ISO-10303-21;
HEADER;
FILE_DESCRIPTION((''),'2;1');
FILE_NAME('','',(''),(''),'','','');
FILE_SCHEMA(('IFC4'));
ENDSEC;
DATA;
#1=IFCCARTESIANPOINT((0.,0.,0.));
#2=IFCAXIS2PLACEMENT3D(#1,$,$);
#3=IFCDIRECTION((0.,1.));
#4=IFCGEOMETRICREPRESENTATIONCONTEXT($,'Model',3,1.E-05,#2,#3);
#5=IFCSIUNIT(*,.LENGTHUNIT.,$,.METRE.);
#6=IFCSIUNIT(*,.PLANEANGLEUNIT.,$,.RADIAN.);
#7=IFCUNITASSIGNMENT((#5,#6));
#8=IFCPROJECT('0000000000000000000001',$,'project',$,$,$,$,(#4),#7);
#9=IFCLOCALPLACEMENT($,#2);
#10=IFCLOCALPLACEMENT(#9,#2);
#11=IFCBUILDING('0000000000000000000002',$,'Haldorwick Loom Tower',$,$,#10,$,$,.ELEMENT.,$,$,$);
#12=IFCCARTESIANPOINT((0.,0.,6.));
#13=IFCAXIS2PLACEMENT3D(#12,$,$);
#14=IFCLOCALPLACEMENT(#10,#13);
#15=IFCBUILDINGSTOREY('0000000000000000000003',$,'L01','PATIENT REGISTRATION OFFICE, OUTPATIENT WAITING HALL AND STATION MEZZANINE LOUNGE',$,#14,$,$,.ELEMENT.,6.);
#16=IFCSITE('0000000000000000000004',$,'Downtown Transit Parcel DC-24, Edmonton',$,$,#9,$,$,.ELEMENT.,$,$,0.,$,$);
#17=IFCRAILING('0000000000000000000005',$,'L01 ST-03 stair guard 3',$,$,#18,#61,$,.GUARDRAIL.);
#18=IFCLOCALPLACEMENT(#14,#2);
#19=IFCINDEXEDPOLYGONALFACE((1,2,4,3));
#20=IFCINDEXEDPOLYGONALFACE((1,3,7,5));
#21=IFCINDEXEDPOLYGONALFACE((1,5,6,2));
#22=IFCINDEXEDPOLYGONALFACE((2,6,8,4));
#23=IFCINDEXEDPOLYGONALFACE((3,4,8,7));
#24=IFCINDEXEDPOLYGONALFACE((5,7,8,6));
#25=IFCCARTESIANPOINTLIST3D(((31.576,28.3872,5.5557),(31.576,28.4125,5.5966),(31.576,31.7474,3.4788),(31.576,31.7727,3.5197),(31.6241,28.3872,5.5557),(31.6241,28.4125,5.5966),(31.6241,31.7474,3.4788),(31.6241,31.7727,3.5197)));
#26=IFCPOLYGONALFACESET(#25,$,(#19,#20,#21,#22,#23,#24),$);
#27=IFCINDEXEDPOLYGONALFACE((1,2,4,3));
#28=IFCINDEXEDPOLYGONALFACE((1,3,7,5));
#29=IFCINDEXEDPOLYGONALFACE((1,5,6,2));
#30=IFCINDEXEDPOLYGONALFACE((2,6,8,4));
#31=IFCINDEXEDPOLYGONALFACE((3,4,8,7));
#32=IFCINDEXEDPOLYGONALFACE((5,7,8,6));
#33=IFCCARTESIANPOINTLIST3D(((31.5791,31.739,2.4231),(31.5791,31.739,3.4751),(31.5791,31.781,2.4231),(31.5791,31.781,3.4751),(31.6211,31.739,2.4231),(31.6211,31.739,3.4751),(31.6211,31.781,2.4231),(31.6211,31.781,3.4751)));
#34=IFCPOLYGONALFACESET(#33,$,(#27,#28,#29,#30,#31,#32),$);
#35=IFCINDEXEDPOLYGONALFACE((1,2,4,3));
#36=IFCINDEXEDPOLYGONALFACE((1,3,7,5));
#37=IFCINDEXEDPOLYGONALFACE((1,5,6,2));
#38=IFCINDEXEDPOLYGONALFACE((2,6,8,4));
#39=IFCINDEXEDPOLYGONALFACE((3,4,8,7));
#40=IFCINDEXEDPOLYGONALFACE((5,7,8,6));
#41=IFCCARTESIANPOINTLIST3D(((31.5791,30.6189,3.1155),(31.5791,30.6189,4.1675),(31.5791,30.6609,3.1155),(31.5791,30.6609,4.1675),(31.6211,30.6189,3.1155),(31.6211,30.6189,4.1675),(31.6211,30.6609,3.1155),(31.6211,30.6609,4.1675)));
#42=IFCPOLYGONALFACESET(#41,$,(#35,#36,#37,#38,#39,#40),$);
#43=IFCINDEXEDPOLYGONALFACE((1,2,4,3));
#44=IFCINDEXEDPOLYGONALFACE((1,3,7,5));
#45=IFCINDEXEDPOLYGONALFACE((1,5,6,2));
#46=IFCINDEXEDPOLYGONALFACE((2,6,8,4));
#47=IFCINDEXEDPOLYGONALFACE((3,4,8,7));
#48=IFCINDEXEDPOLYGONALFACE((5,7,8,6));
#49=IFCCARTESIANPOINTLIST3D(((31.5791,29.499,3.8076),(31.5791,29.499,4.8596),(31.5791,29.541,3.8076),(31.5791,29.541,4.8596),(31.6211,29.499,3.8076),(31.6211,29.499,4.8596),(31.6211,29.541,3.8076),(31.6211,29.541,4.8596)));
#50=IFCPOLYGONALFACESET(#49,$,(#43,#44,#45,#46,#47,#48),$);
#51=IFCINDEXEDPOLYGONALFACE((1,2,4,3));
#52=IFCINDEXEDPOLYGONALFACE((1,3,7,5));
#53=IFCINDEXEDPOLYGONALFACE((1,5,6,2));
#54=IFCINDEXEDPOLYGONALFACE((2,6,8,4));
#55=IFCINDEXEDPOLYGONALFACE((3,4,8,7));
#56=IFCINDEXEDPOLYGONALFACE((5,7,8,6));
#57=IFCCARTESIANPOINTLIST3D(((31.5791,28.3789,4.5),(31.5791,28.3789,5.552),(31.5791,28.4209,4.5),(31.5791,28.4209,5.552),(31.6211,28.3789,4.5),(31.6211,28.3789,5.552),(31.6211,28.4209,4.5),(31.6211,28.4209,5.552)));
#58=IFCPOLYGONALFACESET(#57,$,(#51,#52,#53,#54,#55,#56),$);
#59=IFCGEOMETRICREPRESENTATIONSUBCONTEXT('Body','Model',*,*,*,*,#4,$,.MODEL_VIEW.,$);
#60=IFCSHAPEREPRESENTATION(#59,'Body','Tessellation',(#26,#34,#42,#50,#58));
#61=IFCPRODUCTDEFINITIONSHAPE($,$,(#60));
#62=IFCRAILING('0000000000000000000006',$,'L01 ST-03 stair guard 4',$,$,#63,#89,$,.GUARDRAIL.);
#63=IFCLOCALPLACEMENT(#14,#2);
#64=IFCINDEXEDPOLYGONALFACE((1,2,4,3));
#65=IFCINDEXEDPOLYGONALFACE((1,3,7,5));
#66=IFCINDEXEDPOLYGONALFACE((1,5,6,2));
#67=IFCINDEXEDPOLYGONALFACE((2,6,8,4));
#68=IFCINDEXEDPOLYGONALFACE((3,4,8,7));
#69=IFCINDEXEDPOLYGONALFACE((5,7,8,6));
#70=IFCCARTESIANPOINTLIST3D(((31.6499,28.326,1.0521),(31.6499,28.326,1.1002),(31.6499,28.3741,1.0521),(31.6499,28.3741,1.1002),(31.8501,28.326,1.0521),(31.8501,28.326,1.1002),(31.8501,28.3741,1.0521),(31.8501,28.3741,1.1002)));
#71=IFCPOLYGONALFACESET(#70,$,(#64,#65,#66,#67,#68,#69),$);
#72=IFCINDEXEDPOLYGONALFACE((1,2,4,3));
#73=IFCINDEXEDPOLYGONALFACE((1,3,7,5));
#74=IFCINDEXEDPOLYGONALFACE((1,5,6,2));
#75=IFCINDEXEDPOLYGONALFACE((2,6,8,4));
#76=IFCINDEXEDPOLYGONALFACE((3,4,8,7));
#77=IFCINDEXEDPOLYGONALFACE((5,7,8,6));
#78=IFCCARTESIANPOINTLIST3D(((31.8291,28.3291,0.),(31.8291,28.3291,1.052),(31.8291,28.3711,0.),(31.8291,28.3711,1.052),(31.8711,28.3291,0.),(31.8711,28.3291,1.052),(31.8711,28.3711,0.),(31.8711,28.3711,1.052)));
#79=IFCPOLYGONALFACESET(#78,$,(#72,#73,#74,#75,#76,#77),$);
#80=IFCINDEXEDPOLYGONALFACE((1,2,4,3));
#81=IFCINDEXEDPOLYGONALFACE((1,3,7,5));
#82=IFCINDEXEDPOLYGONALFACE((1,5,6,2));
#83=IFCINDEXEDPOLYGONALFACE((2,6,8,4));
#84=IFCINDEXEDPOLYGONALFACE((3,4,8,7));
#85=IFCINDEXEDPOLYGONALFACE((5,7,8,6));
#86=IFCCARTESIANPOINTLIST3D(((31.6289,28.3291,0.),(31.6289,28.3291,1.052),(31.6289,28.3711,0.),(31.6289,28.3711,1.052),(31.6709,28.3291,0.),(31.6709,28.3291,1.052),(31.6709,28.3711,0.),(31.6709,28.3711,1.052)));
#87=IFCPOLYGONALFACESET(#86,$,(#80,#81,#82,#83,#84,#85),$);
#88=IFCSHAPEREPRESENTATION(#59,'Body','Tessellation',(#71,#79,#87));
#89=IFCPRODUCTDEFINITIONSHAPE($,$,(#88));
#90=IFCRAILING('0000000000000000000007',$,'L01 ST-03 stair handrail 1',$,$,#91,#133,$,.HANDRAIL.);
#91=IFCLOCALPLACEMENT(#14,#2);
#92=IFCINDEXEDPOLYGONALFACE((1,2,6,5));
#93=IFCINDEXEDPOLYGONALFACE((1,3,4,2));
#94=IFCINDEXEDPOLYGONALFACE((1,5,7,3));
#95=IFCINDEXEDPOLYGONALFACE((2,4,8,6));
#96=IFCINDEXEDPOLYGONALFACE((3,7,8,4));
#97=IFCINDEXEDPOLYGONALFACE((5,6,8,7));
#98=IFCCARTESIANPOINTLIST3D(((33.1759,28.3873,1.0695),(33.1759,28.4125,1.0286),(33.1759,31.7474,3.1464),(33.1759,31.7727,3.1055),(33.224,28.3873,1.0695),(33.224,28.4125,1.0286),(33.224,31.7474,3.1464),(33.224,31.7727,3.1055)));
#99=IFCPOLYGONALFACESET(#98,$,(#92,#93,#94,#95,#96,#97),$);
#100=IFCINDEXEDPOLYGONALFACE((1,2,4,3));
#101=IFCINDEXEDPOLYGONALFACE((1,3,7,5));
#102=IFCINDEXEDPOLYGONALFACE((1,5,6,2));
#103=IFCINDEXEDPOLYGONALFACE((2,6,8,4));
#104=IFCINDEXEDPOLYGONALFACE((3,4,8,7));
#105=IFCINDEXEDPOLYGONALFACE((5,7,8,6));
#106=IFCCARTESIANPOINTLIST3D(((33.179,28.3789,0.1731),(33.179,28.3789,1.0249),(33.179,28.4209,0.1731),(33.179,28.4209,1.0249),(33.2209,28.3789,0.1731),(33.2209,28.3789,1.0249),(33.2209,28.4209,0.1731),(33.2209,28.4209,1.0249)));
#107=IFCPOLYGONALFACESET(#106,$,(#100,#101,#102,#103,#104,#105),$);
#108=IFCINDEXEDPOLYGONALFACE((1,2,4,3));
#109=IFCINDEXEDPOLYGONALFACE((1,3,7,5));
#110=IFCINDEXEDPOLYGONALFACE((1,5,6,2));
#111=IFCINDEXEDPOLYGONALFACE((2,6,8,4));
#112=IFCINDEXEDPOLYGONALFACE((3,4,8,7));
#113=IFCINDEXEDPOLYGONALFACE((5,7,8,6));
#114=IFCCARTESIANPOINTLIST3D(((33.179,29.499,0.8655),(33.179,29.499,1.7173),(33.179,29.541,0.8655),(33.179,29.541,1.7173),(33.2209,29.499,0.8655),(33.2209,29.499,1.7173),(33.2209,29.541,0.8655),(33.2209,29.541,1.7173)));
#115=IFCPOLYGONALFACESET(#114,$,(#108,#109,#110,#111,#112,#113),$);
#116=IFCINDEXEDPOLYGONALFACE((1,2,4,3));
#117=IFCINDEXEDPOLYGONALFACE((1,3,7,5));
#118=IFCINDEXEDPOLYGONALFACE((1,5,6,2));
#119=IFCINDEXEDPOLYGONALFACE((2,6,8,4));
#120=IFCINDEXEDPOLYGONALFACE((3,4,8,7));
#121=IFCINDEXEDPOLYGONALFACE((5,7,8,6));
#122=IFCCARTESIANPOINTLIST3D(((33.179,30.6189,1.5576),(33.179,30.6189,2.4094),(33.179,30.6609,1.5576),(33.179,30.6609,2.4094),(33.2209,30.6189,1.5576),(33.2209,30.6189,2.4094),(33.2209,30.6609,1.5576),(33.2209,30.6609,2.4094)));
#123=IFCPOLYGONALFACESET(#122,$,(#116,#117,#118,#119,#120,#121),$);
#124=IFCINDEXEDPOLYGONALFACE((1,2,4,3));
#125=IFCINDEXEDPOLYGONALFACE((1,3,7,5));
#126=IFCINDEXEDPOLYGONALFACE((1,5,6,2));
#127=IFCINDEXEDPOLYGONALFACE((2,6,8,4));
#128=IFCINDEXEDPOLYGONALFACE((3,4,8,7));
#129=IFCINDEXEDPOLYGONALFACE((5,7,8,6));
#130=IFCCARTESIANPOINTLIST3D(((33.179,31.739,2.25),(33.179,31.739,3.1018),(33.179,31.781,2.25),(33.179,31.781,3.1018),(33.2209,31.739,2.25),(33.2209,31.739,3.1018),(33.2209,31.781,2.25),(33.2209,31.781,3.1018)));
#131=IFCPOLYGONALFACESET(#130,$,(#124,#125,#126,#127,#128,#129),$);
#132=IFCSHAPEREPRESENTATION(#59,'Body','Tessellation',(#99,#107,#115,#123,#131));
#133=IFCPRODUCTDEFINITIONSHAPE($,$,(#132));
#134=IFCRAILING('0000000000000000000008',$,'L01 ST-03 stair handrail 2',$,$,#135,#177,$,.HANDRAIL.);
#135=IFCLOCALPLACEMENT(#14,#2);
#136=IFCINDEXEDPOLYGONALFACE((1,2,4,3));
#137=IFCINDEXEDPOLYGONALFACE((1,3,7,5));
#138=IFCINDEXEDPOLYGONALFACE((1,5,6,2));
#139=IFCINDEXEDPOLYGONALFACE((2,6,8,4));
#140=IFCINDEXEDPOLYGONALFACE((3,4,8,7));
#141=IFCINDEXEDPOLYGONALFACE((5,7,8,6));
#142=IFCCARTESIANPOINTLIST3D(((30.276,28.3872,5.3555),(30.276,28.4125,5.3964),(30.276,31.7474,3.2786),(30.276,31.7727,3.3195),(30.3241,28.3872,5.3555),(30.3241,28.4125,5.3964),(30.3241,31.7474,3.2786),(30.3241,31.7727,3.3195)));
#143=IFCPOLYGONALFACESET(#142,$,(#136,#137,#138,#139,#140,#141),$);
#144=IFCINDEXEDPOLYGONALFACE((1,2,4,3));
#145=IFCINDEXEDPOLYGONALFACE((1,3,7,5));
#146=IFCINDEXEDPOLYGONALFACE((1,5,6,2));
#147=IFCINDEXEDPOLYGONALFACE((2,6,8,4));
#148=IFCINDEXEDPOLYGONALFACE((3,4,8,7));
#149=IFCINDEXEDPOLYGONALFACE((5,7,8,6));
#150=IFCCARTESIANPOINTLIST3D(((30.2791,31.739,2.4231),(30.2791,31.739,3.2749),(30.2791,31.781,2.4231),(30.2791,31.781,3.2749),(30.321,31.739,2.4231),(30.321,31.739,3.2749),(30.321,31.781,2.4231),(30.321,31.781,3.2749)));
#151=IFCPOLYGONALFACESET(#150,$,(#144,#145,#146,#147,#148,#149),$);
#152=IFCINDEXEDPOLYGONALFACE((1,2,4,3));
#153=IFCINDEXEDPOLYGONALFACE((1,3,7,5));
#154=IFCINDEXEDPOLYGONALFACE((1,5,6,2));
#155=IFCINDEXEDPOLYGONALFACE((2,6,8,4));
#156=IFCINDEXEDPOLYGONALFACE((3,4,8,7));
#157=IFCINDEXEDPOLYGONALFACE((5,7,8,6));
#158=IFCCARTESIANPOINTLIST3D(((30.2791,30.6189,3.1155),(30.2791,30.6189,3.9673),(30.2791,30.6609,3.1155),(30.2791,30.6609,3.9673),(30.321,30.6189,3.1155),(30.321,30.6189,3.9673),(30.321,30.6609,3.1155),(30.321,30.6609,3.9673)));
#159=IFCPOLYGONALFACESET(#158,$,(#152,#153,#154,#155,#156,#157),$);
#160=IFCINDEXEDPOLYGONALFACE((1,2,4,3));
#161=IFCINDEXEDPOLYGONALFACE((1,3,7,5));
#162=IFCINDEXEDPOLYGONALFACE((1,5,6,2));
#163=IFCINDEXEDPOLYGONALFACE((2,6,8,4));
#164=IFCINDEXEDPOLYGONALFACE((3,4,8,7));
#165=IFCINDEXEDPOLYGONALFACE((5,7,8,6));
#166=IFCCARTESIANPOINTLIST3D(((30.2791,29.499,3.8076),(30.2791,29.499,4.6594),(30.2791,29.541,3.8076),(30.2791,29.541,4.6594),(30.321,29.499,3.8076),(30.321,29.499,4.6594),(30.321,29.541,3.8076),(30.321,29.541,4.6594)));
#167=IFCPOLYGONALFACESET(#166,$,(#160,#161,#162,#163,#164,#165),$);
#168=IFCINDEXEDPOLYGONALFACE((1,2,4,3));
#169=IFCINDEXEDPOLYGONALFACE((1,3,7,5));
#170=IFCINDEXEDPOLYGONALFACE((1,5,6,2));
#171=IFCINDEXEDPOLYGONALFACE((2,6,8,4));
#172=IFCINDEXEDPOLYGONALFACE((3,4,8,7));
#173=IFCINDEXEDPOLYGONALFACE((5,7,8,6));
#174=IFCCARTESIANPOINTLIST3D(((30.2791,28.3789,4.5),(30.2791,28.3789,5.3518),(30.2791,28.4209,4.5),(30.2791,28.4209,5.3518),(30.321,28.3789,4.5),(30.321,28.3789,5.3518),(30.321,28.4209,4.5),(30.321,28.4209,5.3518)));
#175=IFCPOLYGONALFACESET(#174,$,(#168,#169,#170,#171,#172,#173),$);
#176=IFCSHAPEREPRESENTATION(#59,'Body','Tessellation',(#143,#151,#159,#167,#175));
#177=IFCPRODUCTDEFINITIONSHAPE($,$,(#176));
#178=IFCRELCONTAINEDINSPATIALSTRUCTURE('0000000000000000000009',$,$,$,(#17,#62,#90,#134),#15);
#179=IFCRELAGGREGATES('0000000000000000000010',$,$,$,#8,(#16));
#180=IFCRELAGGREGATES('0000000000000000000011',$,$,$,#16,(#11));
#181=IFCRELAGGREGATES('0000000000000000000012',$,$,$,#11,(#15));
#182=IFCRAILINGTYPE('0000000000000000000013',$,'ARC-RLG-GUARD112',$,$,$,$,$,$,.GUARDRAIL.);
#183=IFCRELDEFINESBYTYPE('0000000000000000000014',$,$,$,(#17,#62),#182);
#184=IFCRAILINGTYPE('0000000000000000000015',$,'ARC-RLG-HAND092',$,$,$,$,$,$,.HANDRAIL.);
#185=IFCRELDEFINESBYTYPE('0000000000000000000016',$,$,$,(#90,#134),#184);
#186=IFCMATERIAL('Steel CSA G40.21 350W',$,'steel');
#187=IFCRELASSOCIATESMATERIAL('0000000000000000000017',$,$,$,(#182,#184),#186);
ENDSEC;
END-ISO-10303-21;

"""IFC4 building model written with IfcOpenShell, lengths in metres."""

from ifc_helpers import new_model, si_unit, direction, frame, origin, origin_2d, place, context, subcontext, project, spatial, rectangle, extrude, material, type_object, element, save


model = new_model("IFC4")

# Units and contexts
model_context = context("Model", 3, precision=1e-05, world=origin(), true_north=direction((0.0, 1.0)))
body_context = subcontext(model_context, "Body", "Model", "MODEL_VIEW")
ifc_project = project(units=[si_unit("LENGTHUNIT", "METRE"), si_unit("PLANEANGLEUNIT", "RADIAN")], contexts=[model_context])

# Site, building, storey
site_placement = place(None, origin())
site = spatial("IfcSite", under=ifc_project, at=site_placement, Name="Downtown Transit Parcel DC-24, Edmonton", CompositionType="ELEMENT", RefElevation=0.0)
building_placement = place(site_placement, origin())
building = spatial("IfcBuilding", under=site, at=building_placement, Name="Haldorwick Loom Tower", CompositionType="ELEMENT")
storey_placement = place(building_placement, frame((0.0, 0.0, 6.0)))
storey = spatial("IfcBuildingStorey", under=building, at=storey_placement, Name="L01", Description="PATIENT REGISTRATION OFFICE, OUTPATIENT WAITING HALL AND STATION MEZZANINE LOUNGE", CompositionType="ELEMENT", Elevation=6.0)

# Railings
ifc_material_1 = material(Name="Steel CSA G40.21 350W", Category="steel")
railing_type_1 = type_object("IfcRailingType", Name="ARC-RLG-GUARD112", PredefinedType="GUARDRAIL", material=ifc_material_1)
railing_1_placement = place(storey_placement, frame((31.6001, 31.76, 2.4231)))
element("IfcRailing", 1, at=railing_1_placement, inside=storey, type_object=railing_type_1, Name="L01 ST-03 stair guard 3", PredefinedType="GUARDRAIL", context=body_context, shape_type="SweptSolid", body=[
    extrude(rectangle(XDim=0.0481, YDim=0.0481, at=origin_2d()), frame((0.0, 0.0, 1.0762), z_axis=(0.0, -0.850623, 0.525776), x_axis=(1.0, 0.0, 0.0)), (0.0, 0.0, 1.0), 3.9502),
    extrude(rectangle(XDim=0.042, YDim=0.042, at=origin_2d()), origin(), (0.0, 0.0, 1.0), 1.052),
    extrude(rectangle(XDim=0.042, YDim=0.042, at=origin_2d()), frame((0.0, -1.1201, 0.6924)), (0.0, 0.0, 1.0), 1.052),
    extrude(rectangle(XDim=0.042, YDim=0.042, at=origin_2d()), frame((0.0, -2.24, 1.3845)), (0.0, 0.0, 1.0), 1.052),
    extrude(rectangle(XDim=0.042, YDim=0.042, at=origin_2d()), frame((0.0, -3.3601, 2.0769)), (0.0, 0.0, 1.0), 1.052),
])
railing_2_placement = place(storey_placement, frame((31.8501, 28.3501, 0.0)))
element("IfcRailing", 2, at=railing_2_placement, inside=storey, type_object=railing_type_1, Name="L01 ST-03 stair guard 4", PredefinedType="GUARDRAIL", context=body_context, shape_type="SweptSolid", body=[
    extrude(rectangle(XDim=0.0481, YDim=0.0481, at=origin_2d()), frame((0.0, 0.0, 1.0762), z_axis=(-1.0, 0.0, 0.0), x_axis=(0.0, -1.0, 0.0)), (0.0, 0.0, 1.0), 0.2002),
    extrude(rectangle(XDim=0.042, YDim=0.042, at=origin_2d()), origin(), (0.0, 0.0, 1.0), 1.052),
    extrude(rectangle(XDim=0.042, YDim=0.042, at=origin_2d()), frame((-0.2002, 0.0, 0.0)), (0.0, 0.0, 1.0), 1.052),
])
railing_type_2 = type_object("IfcRailingType", Name="ARC-RLG-HAND092", PredefinedType="HANDRAIL", material=ifc_material_1)
railing_3_placement = place(storey_placement, frame((33.2, 28.3999, 0.1731)))
element("IfcRailing", 3, at=railing_3_placement, inside=storey, type_object=railing_type_2, Name="L01 ST-03 stair handrail 1", PredefinedType="HANDRAIL", context=body_context, shape_type="SweptSolid", body=[
    extrude(rectangle(XDim=0.0481, YDim=0.0481, at=origin_2d()), frame((0.0, 0.0, 0.876), z_axis=(0.0, 0.850623, 0.525776), x_axis=(-1.0, 0.0, 0.0)), (0.0, 0.0, 1.0), 3.9502),
    extrude(rectangle(XDim=0.042, YDim=0.042, at=origin_2d()), origin(), (0.0, 0.0, 1.0), 0.8518),
    extrude(rectangle(XDim=0.042, YDim=0.042, at=origin_2d()), frame((0.0, 1.1201, 0.6924)), (0.0, 0.0, 1.0), 0.8518),
    extrude(rectangle(XDim=0.042, YDim=0.042, at=origin_2d()), frame((0.0, 2.24, 1.3845)), (0.0, 0.0, 1.0), 0.8518),
    extrude(rectangle(XDim=0.042, YDim=0.042, at=origin_2d()), frame((0.0, 3.3601, 2.0769)), (0.0, 0.0, 1.0), 0.8518),
])
railing_4_placement = place(storey_placement, frame((30.3, 31.76, 2.4231)))
element("IfcRailing", 4, at=railing_4_placement, inside=storey, type_object=railing_type_2, Name="L01 ST-03 stair handrail 2", PredefinedType="HANDRAIL", context=body_context, shape_type="SweptSolid", body=[
    extrude(rectangle(XDim=0.0481, YDim=0.0481, at=origin_2d()), frame((0.0, 0.0, 0.876), z_axis=(0.0, -0.850623, 0.525776), x_axis=(1.0, 0.0, 0.0)), (0.0, 0.0, 1.0), 3.9502),
    extrude(rectangle(XDim=0.042, YDim=0.042, at=origin_2d()), origin(), (0.0, 0.0, 1.0), 0.8518),
    extrude(rectangle(XDim=0.042, YDim=0.042, at=origin_2d()), frame((0.0, -1.1201, 0.6924)), (0.0, 0.0, 1.0), 0.8518),
    extrude(rectangle(XDim=0.042, YDim=0.042, at=origin_2d()), frame((0.0, -2.24, 1.3845)), (0.0, 0.0, 1.0), 0.8518),
    extrude(rectangle(XDim=0.042, YDim=0.042, at=origin_2d()), frame((0.0, -3.3601, 2.0769)), (0.0, 0.0, 1.0), 0.8518),
])

save(model, "model.ifc")
